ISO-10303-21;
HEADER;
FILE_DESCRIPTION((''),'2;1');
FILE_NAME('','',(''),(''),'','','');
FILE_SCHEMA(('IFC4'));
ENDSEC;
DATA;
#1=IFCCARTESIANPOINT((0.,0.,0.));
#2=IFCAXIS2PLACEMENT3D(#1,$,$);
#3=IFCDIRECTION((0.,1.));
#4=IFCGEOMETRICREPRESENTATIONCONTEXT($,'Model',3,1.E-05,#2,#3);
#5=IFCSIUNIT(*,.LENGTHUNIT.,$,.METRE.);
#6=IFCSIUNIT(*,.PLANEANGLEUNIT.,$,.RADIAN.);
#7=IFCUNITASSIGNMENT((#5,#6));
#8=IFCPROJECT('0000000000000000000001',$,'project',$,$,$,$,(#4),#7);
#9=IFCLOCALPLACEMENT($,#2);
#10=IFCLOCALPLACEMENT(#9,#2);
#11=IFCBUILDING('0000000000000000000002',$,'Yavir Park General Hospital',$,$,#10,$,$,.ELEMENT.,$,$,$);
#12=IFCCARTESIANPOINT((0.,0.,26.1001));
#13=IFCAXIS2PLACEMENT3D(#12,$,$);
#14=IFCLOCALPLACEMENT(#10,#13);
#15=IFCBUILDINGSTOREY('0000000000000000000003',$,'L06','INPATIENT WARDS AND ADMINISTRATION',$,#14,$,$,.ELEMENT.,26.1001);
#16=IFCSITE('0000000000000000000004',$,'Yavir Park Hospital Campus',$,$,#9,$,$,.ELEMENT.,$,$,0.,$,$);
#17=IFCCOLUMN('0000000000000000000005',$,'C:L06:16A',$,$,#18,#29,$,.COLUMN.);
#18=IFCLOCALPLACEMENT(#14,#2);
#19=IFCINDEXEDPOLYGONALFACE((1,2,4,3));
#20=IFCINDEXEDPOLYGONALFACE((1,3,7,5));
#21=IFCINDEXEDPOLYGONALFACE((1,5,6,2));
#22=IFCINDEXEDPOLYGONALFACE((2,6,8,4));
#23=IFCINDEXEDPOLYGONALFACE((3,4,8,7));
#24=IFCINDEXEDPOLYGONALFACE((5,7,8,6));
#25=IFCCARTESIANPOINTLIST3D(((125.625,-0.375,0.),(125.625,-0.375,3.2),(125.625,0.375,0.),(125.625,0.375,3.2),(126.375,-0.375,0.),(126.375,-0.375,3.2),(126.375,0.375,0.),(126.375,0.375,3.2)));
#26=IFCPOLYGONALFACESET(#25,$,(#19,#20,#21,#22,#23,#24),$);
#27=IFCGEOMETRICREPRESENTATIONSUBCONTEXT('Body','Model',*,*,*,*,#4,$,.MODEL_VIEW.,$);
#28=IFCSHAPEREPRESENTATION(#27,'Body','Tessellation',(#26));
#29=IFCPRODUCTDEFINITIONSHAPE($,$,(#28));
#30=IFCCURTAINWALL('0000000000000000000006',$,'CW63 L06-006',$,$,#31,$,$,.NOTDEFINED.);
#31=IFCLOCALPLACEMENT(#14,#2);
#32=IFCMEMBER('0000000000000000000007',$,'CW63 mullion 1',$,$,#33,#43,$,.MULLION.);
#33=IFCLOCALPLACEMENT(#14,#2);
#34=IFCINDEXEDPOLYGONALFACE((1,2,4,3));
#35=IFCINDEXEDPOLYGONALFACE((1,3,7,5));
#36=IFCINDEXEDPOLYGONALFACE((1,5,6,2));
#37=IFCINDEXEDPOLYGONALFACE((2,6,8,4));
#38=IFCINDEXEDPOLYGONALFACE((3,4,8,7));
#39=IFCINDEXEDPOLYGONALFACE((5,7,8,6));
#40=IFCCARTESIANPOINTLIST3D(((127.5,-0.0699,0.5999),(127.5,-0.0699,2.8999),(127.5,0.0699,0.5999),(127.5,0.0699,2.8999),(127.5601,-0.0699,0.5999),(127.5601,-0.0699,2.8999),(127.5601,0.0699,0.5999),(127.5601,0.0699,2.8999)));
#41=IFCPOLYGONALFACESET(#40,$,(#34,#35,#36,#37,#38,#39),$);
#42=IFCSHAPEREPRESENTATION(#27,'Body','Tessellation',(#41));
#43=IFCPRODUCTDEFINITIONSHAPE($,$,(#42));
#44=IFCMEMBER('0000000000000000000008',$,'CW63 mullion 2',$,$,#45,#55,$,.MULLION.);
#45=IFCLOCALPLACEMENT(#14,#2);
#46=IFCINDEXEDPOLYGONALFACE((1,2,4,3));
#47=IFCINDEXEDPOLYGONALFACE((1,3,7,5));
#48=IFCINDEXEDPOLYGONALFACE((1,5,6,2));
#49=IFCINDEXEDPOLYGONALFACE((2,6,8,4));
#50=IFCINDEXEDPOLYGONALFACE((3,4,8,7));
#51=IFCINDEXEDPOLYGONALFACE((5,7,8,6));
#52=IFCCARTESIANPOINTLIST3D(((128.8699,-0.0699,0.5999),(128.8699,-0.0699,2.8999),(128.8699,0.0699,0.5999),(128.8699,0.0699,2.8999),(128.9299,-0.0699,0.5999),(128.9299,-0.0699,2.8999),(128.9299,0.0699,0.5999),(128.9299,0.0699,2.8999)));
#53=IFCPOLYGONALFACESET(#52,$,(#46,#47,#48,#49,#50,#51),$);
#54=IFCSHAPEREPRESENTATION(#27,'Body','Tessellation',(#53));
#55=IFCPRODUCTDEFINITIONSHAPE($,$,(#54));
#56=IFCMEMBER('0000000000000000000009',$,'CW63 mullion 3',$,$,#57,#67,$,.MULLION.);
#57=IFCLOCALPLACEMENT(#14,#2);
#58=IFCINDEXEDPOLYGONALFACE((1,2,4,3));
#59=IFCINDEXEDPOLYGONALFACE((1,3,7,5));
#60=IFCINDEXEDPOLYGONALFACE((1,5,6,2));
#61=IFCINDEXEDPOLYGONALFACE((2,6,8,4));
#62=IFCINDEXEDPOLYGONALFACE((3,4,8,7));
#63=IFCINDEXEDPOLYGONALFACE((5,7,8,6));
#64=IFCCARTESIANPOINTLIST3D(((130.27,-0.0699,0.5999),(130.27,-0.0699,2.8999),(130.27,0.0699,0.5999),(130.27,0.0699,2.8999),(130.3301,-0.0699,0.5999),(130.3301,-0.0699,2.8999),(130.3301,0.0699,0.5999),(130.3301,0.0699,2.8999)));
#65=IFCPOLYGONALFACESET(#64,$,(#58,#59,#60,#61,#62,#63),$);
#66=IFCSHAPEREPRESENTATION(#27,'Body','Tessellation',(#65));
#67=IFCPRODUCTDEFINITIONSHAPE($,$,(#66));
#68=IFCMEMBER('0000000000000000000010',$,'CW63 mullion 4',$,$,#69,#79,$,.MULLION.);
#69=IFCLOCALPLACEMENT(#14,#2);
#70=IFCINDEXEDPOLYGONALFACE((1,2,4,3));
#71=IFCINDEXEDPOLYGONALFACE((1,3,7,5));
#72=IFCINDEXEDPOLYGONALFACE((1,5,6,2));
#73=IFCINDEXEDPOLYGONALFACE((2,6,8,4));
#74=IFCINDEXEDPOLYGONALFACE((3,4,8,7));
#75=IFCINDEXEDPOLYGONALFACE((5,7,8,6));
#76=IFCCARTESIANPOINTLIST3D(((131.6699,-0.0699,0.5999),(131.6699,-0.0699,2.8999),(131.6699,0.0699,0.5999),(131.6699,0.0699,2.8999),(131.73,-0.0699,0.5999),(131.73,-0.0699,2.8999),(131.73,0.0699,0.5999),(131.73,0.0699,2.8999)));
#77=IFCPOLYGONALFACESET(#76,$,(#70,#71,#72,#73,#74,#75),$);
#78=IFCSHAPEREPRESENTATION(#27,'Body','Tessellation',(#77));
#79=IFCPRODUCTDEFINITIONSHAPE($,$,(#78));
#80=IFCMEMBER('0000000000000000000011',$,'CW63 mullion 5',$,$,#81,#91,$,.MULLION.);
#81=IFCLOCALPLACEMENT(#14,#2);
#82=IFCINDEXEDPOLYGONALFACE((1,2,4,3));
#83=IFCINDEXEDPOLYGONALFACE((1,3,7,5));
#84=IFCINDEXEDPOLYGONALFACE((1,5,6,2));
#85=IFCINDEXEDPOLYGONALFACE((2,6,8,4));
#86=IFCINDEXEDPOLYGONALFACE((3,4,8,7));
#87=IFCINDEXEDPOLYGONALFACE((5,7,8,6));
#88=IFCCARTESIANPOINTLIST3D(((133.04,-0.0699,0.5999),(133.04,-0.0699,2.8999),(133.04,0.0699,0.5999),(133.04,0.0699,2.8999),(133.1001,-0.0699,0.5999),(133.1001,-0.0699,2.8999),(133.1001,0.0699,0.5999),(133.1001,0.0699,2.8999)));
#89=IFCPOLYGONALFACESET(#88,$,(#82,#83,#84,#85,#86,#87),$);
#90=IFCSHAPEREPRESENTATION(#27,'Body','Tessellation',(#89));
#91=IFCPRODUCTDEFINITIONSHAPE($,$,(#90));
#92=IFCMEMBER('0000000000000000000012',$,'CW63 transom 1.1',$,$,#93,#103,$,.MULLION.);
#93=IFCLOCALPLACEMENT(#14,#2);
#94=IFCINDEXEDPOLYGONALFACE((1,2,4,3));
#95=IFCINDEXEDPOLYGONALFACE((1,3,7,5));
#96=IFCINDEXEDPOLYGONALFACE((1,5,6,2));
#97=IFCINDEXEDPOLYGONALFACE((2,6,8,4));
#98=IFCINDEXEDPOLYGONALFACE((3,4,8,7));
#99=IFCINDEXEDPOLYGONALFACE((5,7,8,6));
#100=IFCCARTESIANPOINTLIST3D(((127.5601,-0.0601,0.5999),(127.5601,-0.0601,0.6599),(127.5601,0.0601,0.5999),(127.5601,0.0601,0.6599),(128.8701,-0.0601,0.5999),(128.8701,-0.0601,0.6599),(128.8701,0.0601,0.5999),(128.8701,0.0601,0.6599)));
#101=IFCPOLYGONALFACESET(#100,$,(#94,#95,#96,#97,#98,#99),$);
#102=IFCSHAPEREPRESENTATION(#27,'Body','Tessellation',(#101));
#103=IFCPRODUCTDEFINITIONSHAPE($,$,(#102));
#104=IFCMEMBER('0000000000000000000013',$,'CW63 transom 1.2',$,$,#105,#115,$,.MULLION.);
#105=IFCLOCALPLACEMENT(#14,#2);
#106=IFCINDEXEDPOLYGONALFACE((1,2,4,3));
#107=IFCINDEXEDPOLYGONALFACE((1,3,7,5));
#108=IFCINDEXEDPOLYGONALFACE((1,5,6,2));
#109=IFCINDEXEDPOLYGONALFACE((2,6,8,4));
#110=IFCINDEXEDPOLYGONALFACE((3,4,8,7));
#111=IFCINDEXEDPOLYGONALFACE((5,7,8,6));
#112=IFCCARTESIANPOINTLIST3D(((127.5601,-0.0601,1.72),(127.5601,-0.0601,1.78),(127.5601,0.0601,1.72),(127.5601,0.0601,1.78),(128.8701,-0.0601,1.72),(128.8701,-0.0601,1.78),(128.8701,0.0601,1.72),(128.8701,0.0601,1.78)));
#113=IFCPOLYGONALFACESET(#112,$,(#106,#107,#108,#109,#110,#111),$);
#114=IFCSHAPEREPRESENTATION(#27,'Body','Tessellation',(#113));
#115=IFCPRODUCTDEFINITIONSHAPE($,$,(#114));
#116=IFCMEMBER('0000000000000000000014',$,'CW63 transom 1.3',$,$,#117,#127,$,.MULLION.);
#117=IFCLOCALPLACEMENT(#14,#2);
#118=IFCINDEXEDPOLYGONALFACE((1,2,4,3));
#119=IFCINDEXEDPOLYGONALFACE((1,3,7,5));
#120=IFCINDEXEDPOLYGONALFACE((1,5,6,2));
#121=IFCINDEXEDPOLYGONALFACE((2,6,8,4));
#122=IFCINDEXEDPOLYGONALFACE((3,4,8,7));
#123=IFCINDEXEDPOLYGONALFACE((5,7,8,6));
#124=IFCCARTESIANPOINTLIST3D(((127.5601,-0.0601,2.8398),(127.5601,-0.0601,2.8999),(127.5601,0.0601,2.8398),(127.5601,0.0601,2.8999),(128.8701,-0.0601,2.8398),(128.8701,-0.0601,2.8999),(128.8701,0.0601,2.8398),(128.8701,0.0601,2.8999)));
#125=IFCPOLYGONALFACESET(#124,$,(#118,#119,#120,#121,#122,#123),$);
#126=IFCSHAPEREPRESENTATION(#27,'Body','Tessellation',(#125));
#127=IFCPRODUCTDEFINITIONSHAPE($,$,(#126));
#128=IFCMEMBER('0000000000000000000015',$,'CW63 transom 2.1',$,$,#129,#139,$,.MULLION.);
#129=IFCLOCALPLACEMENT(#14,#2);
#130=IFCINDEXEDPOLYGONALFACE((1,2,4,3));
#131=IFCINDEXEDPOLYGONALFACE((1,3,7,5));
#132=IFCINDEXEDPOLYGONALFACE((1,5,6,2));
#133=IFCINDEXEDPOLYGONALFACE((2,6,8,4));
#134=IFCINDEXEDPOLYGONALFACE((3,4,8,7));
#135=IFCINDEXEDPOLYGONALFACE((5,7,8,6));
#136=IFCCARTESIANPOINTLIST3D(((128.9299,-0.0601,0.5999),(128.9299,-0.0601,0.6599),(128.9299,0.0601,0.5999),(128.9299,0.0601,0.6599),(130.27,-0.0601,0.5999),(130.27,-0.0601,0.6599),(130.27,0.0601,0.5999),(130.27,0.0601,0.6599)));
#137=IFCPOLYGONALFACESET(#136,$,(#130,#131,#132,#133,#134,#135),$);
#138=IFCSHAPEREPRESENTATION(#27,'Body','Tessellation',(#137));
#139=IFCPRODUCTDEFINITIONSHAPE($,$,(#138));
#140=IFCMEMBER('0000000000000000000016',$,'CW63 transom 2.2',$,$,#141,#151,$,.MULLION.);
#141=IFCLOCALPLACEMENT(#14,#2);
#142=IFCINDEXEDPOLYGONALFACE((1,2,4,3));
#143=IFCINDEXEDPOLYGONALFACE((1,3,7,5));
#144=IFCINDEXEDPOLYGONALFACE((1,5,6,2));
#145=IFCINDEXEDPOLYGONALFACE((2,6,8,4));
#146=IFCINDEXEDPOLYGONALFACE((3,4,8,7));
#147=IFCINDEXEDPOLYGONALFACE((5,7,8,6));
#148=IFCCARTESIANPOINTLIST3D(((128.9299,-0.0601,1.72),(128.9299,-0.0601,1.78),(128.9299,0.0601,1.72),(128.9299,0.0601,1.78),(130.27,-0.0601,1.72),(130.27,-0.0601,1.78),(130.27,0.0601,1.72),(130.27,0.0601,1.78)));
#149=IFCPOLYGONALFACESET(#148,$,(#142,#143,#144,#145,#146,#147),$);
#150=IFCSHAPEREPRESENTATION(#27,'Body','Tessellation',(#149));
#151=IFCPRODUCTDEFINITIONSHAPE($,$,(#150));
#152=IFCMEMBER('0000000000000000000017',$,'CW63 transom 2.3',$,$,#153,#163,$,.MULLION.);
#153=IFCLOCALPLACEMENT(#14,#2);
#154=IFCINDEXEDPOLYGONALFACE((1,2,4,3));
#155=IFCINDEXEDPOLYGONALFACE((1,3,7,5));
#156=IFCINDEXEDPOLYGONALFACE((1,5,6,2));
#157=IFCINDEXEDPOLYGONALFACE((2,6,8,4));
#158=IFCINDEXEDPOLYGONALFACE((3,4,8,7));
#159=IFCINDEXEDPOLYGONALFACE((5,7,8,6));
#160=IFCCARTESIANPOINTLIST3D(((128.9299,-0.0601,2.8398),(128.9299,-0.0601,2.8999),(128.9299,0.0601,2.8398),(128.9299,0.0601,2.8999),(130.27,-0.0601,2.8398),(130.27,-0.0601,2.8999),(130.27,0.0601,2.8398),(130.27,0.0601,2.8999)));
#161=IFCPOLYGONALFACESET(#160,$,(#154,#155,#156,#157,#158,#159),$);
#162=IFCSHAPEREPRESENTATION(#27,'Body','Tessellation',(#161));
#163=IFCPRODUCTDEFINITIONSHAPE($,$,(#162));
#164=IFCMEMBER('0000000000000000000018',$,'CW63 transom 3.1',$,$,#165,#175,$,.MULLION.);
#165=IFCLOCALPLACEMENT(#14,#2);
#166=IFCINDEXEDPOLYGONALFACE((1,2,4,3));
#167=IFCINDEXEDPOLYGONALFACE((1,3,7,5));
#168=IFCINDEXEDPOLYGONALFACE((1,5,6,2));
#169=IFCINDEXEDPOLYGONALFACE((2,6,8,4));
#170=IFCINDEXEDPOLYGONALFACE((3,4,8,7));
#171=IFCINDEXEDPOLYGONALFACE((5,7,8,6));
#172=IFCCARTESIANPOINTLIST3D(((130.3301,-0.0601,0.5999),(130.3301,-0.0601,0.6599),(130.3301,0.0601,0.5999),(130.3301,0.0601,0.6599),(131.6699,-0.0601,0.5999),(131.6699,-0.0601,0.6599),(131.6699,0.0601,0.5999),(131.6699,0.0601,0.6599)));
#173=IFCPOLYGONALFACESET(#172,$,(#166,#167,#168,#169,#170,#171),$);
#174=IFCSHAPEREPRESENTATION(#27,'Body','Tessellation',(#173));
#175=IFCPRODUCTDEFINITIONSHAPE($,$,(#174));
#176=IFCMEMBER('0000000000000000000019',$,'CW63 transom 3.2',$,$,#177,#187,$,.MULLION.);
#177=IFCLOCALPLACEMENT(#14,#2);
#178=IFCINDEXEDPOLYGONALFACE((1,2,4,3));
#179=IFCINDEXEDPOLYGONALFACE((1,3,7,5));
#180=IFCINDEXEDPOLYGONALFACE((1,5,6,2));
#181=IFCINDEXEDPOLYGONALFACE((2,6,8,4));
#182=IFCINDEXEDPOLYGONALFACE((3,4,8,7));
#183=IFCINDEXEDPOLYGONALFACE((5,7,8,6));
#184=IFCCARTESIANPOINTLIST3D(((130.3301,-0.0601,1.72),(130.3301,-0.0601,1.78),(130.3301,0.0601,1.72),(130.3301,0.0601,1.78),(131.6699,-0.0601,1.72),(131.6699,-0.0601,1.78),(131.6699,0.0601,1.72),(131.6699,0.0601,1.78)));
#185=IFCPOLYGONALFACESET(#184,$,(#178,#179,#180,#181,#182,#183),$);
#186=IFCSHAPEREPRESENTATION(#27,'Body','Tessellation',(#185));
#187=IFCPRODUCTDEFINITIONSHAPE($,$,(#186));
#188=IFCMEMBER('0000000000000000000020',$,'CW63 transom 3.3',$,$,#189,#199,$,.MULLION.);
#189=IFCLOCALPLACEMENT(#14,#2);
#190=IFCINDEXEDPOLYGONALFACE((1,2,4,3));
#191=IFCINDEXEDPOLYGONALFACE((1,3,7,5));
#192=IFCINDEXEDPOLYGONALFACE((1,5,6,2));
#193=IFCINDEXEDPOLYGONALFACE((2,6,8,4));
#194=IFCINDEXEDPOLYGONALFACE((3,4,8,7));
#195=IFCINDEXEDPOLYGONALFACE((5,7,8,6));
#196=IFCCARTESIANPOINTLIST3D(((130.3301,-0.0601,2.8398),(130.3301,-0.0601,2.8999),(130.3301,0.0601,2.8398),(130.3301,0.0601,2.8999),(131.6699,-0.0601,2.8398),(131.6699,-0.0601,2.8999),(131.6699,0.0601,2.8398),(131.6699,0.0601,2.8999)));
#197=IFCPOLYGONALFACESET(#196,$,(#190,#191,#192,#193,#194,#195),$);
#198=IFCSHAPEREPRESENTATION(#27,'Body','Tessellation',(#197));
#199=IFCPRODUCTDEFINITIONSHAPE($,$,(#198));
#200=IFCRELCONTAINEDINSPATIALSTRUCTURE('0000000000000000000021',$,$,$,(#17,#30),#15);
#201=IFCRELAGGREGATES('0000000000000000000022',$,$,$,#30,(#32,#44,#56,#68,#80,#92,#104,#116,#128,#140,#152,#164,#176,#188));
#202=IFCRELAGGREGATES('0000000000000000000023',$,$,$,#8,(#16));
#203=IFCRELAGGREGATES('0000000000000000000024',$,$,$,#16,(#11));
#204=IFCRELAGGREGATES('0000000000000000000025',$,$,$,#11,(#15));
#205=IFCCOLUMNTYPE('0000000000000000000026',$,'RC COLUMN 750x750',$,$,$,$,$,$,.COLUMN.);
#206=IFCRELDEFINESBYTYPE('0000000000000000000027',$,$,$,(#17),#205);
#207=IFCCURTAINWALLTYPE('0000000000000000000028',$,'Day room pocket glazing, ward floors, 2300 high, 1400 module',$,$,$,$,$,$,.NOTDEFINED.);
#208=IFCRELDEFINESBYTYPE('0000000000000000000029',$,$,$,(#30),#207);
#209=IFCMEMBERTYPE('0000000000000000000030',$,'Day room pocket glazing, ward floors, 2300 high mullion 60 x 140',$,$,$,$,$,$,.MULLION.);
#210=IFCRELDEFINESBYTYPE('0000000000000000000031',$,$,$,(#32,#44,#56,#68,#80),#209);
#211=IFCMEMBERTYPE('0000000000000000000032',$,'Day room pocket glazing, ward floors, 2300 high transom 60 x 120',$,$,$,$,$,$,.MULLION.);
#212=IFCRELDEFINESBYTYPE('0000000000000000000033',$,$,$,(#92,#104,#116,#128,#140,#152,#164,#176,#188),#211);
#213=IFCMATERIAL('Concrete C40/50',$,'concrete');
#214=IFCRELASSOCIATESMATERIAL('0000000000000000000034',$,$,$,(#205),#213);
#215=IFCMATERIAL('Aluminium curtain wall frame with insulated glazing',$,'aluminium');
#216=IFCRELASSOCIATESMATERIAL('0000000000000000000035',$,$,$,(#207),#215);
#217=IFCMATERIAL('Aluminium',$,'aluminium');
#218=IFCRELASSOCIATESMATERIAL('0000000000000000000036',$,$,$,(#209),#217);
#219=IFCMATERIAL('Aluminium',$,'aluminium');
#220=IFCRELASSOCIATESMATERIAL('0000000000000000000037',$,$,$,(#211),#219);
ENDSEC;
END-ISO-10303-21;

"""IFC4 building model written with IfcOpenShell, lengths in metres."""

from ifc_helpers import new_model, si_unit, direction, frame, origin, origin_2d, place, context, subcontext, project, spatial, rectangle, extrude, material, material_profile, profile_set, type_object, element, aggregate, save


model = new_model("IFC4")

# Units and contexts
model_context = context("Model", 3, precision=1e-05, world=origin(), true_north=direction((0.0, 1.0)))
body_context = subcontext(model_context, "Body", "Model", "MODEL_VIEW")
ifc_project = project(units=[si_unit("LENGTHUNIT", "METRE"), si_unit("PLANEANGLEUNIT", "RADIAN")], contexts=[model_context])

# Site, building, storey
site_placement = place(None, origin())
site = spatial("IfcSite", under=ifc_project, at=site_placement, Name="Yavir Park Hospital Campus", CompositionType="ELEMENT", RefElevation=0.0)
building_placement = place(site_placement, origin())
building = spatial("IfcBuilding", under=site, at=building_placement, Name="Yavir Park General Hospital", CompositionType="ELEMENT")
storey_placement = place(building_placement, frame((0.0, 0.0, 26.1001)))
storey = spatial("IfcBuildingStorey", under=building, at=storey_placement, Name="L06", Description="INPATIENT WARDS AND ADMINISTRATION", CompositionType="ELEMENT", Elevation=26.1001)

# Column
ifc_material_1 = material(Name="Concrete C40/50", Category="concrete")
ifc_material_profile_1 = material_profile(ifc_material_1, rectangle(XDim=0.75, YDim=0.75, at=origin_2d()), Name="RC750x750")
ifc_profile_set_1 = profile_set([ifc_material_profile_1], Name="Concrete C40/50")
column_type = type_object("IfcColumnType", Name="RC COLUMN 750x750", PredefinedType="COLUMN", material=ifc_profile_set_1)
column_placement = place(storey_placement, frame((126.0, 0.0, 0.0), z_axis=(0.0, 0.0, 1.0), x_axis=(1.0, 0.0, 0.0)))
element("IfcColumn", 1, at=column_placement, inside=storey, type_object=column_type, Name="C:L06:16A", PredefinedType="COLUMN", context=body_context, shape_type="SweptSolid", body=[
    extrude(rectangle(XDim=0.75, YDim=0.75, at=origin_2d()), origin(), (0.0, 0.0, 1.0), 3.2),
])

# Curtain wall, members
ifc_material_2 = material(Name="Aluminium curtain wall frame with insulated glazing", Category="aluminium")
curtain_wall_type_1 = type_object("IfcCurtainWallType", Name="Day room pocket glazing, ward floors, 2300 high, 1400 module", PredefinedType="NOTDEFINED", material=ifc_material_2)
curtain_wall_1_placement = place(storey_placement, origin())
curtain_wall_1 = element("IfcCurtainWall", 2, at=curtain_wall_1_placement, inside=storey, type_object=curtain_wall_type_1, Name="CW63 L06-006", PredefinedType="NOTDEFINED")
ifc_material_3 = material(Name="Aluminium", Category="aluminium")
ifc_material_profile_2 = material_profile(ifc_material_3, rectangle(XDim=0.1399, YDim=0.0601, at=origin_2d()), Name="AL 60x140")
ifc_profile_set_2 = profile_set([ifc_material_profile_2], Name="Aluminium")
member_type_1 = type_object("IfcMemberType", Name="Day room pocket glazing, ward floors, 2300 high mullion 60 x 140", PredefinedType="MULLION", material=ifc_profile_set_2)
member_1_placement = place(storey_placement, frame((127.53, 0.0, 0.5999), z_axis=(0.0, 0.0, 1.0), x_axis=(0.0, 1.0, 0.0)))
member_1 = element("IfcMember", 3, at=member_1_placement, type_object=member_type_1, Name="CW63 mullion 1", PredefinedType="MULLION", context=body_context, shape_type="SweptSolid", body=[
    extrude(rectangle(XDim=0.1399, YDim=0.0601, at=origin_2d()), origin(), (0.0, 0.0, 1.0), 2.3),
])
member_2_placement = place(storey_placement, frame((128.8999, 0.0, 0.5999), z_axis=(0.0, 0.0, 1.0), x_axis=(0.0, 1.0, 0.0)))
member_2 = element("IfcMember", 4, at=member_2_placement, type_object=member_type_1, Name="CW63 mullion 2", PredefinedType="MULLION", context=body_context, shape_type="SweptSolid", body=[
    extrude(rectangle(XDim=0.1399, YDim=0.0601, at=origin_2d()), origin(), (0.0, 0.0, 1.0), 2.3),
])
member_3_placement = place(storey_placement, frame((130.3, 0.0, 0.5999), z_axis=(0.0, 0.0, 1.0), x_axis=(0.0, 1.0, 0.0)))
member_3 = element("IfcMember", 5, at=member_3_placement, type_object=member_type_1, Name="CW63 mullion 3", PredefinedType="MULLION", context=body_context, shape_type="SweptSolid", body=[
    extrude(rectangle(XDim=0.1399, YDim=0.0601, at=origin_2d()), origin(), (0.0, 0.0, 1.0), 2.3),
])
member_4_placement = place(storey_placement, frame((131.7, 0.0, 0.5999), z_axis=(0.0, 0.0, 1.0), x_axis=(0.0, 1.0, 0.0)))
member_4 = element("IfcMember", 6, at=member_4_placement, type_object=member_type_1, Name="CW63 mullion 4", PredefinedType="MULLION", context=body_context, shape_type="SweptSolid", body=[
    extrude(rectangle(XDim=0.1399, YDim=0.0601, at=origin_2d()), origin(), (0.0, 0.0, 1.0), 2.3),
])
member_5_placement = place(storey_placement, frame((133.0701, 0.0, 0.5999), z_axis=(0.0, 0.0, 1.0), x_axis=(0.0, 1.0, 0.0)))
member_5 = element("IfcMember", 7, at=member_5_placement, type_object=member_type_1, Name="CW63 mullion 5", PredefinedType="MULLION", context=body_context, shape_type="SweptSolid", body=[
    extrude(rectangle(XDim=0.1399, YDim=0.0601, at=origin_2d()), origin(), (0.0, 0.0, 1.0), 2.3),
])
ifc_material_4 = material(Name="Aluminium", Category="aluminium")
ifc_material_profile_3 = material_profile(ifc_material_4, rectangle(XDim=0.1201, YDim=0.0601, at=origin_2d()), Name="AL 120x60")
ifc_profile_set_3 = profile_set([ifc_material_profile_3], Name="Aluminium")
member_type_2 = type_object("IfcMemberType", Name="Day room pocket glazing, ward floors, 2300 high transom 60 x 120", PredefinedType="MULLION", material=ifc_profile_set_3)
member_6_placement = place(storey_placement, frame((127.5601, 0.0, 0.6299), z_axis=(1.0, 0.0, 0.0), x_axis=(0.0, 1.0, 0.0)))
member_6 = element("IfcMember", 8, at=member_6_placement, type_object=member_type_2, Name="CW63 transom 1.1", PredefinedType="MULLION", context=body_context, shape_type="SweptSolid", body=[
    extrude(rectangle(XDim=0.1201, YDim=0.0601, at=origin_2d()), origin(), (0.0, 0.0, 1.0), 1.3101),
])
member_7_placement = place(storey_placement, frame((127.5601, 0.0, 1.75), z_axis=(1.0, 0.0, 0.0), x_axis=(0.0, 1.0, 0.0)))
member_7 = element("IfcMember", 9, at=member_7_placement, type_object=member_type_2, Name="CW63 transom 1.2", PredefinedType="MULLION", context=body_context, shape_type="SweptSolid", body=[
    extrude(rectangle(XDim=0.1201, YDim=0.0601, at=origin_2d()), origin(), (0.0, 0.0, 1.0), 1.3101),
])
member_8_placement = place(storey_placement, frame((127.5601, 0.0, 2.8699), z_axis=(1.0, 0.0, 0.0), x_axis=(0.0, 1.0, 0.0)))
member_8 = element("IfcMember", 10, at=member_8_placement, type_object=member_type_2, Name="CW63 transom 1.3", PredefinedType="MULLION", context=body_context, shape_type="SweptSolid", body=[
    extrude(rectangle(XDim=0.1201, YDim=0.0601, at=origin_2d()), origin(), (0.0, 0.0, 1.0), 1.3101),
])
member_9_placement = place(storey_placement, frame((128.9299, 0.0, 0.6299), z_axis=(1.0, 0.0, 0.0), x_axis=(0.0, 1.0, 0.0)))
member_9 = element("IfcMember", 11, at=member_9_placement, type_object=member_type_2, Name="CW63 transom 2.1", PredefinedType="MULLION", context=body_context, shape_type="SweptSolid", body=[
    extrude(rectangle(XDim=0.1201, YDim=0.0601, at=origin_2d()), origin(), (0.0, 0.0, 1.0), 1.3401),
])
member_10_placement = place(storey_placement, frame((128.9299, 0.0, 1.75), z_axis=(1.0, 0.0, 0.0), x_axis=(0.0, 1.0, 0.0)))
member_10 = element("IfcMember", 12, at=member_10_placement, type_object=member_type_2, Name="CW63 transom 2.2", PredefinedType="MULLION", context=body_context, shape_type="SweptSolid", body=[
    extrude(rectangle(XDim=0.1201, YDim=0.0601, at=origin_2d()), origin(), (0.0, 0.0, 1.0), 1.3401),
])
member_11_placement = place(storey_placement, frame((128.9299, 0.0, 2.8699), z_axis=(1.0, 0.0, 0.0), x_axis=(0.0, 1.0, 0.0)))
member_11 = element("IfcMember", 13, at=member_11_placement, type_object=member_type_2, Name="CW63 transom 2.3", PredefinedType="MULLION", context=body_context, shape_type="SweptSolid", body=[
    extrude(rectangle(XDim=0.1201, YDim=0.0601, at=origin_2d()), origin(), (0.0, 0.0, 1.0), 1.3401),
])
member_12_placement = place(storey_placement, frame((130.3301, 0.0, 0.6299), z_axis=(1.0, 0.0, 0.0), x_axis=(0.0, 1.0, 0.0)))
member_12 = element("IfcMember", 14, at=member_12_placement, type_object=member_type_2, Name="CW63 transom 3.1", PredefinedType="MULLION", context=body_context, shape_type="SweptSolid", body=[
    extrude(rectangle(XDim=0.1201, YDim=0.0601, at=origin_2d()), origin(), (0.0, 0.0, 1.0), 1.3398),
])
member_13_placement = place(storey_placement, frame((130.3301, 0.0, 1.75), z_axis=(1.0, 0.0, 0.0), x_axis=(0.0, 1.0, 0.0)))
member_13 = element("IfcMember", 15, at=member_13_placement, type_object=member_type_2, Name="CW63 transom 3.2", PredefinedType="MULLION", context=body_context, shape_type="SweptSolid", body=[
    extrude(rectangle(XDim=0.1201, YDim=0.0601, at=origin_2d()), origin(), (0.0, 0.0, 1.0), 1.3398),
])
member_14_placement = place(storey_placement, frame((130.3301, 0.0, 2.8699), z_axis=(1.0, 0.0, 0.0), x_axis=(0.0, 1.0, 0.0)))
member_14 = element("IfcMember", 16, at=member_14_placement, type_object=member_type_2, Name="CW63 transom 3.3", PredefinedType="MULLION", context=body_context, shape_type="SweptSolid", body=[
    extrude(rectangle(XDim=0.1201, YDim=0.0601, at=origin_2d()), origin(), (0.0, 0.0, 1.0), 1.3398),
])

aggregate(curtain_wall_1, [member_1, member_2, member_3, member_4, member_5, member_6, member_7, member_8, member_9, member_10, member_11, member_12, member_13, member_14])

save(model, "model.ifc")
